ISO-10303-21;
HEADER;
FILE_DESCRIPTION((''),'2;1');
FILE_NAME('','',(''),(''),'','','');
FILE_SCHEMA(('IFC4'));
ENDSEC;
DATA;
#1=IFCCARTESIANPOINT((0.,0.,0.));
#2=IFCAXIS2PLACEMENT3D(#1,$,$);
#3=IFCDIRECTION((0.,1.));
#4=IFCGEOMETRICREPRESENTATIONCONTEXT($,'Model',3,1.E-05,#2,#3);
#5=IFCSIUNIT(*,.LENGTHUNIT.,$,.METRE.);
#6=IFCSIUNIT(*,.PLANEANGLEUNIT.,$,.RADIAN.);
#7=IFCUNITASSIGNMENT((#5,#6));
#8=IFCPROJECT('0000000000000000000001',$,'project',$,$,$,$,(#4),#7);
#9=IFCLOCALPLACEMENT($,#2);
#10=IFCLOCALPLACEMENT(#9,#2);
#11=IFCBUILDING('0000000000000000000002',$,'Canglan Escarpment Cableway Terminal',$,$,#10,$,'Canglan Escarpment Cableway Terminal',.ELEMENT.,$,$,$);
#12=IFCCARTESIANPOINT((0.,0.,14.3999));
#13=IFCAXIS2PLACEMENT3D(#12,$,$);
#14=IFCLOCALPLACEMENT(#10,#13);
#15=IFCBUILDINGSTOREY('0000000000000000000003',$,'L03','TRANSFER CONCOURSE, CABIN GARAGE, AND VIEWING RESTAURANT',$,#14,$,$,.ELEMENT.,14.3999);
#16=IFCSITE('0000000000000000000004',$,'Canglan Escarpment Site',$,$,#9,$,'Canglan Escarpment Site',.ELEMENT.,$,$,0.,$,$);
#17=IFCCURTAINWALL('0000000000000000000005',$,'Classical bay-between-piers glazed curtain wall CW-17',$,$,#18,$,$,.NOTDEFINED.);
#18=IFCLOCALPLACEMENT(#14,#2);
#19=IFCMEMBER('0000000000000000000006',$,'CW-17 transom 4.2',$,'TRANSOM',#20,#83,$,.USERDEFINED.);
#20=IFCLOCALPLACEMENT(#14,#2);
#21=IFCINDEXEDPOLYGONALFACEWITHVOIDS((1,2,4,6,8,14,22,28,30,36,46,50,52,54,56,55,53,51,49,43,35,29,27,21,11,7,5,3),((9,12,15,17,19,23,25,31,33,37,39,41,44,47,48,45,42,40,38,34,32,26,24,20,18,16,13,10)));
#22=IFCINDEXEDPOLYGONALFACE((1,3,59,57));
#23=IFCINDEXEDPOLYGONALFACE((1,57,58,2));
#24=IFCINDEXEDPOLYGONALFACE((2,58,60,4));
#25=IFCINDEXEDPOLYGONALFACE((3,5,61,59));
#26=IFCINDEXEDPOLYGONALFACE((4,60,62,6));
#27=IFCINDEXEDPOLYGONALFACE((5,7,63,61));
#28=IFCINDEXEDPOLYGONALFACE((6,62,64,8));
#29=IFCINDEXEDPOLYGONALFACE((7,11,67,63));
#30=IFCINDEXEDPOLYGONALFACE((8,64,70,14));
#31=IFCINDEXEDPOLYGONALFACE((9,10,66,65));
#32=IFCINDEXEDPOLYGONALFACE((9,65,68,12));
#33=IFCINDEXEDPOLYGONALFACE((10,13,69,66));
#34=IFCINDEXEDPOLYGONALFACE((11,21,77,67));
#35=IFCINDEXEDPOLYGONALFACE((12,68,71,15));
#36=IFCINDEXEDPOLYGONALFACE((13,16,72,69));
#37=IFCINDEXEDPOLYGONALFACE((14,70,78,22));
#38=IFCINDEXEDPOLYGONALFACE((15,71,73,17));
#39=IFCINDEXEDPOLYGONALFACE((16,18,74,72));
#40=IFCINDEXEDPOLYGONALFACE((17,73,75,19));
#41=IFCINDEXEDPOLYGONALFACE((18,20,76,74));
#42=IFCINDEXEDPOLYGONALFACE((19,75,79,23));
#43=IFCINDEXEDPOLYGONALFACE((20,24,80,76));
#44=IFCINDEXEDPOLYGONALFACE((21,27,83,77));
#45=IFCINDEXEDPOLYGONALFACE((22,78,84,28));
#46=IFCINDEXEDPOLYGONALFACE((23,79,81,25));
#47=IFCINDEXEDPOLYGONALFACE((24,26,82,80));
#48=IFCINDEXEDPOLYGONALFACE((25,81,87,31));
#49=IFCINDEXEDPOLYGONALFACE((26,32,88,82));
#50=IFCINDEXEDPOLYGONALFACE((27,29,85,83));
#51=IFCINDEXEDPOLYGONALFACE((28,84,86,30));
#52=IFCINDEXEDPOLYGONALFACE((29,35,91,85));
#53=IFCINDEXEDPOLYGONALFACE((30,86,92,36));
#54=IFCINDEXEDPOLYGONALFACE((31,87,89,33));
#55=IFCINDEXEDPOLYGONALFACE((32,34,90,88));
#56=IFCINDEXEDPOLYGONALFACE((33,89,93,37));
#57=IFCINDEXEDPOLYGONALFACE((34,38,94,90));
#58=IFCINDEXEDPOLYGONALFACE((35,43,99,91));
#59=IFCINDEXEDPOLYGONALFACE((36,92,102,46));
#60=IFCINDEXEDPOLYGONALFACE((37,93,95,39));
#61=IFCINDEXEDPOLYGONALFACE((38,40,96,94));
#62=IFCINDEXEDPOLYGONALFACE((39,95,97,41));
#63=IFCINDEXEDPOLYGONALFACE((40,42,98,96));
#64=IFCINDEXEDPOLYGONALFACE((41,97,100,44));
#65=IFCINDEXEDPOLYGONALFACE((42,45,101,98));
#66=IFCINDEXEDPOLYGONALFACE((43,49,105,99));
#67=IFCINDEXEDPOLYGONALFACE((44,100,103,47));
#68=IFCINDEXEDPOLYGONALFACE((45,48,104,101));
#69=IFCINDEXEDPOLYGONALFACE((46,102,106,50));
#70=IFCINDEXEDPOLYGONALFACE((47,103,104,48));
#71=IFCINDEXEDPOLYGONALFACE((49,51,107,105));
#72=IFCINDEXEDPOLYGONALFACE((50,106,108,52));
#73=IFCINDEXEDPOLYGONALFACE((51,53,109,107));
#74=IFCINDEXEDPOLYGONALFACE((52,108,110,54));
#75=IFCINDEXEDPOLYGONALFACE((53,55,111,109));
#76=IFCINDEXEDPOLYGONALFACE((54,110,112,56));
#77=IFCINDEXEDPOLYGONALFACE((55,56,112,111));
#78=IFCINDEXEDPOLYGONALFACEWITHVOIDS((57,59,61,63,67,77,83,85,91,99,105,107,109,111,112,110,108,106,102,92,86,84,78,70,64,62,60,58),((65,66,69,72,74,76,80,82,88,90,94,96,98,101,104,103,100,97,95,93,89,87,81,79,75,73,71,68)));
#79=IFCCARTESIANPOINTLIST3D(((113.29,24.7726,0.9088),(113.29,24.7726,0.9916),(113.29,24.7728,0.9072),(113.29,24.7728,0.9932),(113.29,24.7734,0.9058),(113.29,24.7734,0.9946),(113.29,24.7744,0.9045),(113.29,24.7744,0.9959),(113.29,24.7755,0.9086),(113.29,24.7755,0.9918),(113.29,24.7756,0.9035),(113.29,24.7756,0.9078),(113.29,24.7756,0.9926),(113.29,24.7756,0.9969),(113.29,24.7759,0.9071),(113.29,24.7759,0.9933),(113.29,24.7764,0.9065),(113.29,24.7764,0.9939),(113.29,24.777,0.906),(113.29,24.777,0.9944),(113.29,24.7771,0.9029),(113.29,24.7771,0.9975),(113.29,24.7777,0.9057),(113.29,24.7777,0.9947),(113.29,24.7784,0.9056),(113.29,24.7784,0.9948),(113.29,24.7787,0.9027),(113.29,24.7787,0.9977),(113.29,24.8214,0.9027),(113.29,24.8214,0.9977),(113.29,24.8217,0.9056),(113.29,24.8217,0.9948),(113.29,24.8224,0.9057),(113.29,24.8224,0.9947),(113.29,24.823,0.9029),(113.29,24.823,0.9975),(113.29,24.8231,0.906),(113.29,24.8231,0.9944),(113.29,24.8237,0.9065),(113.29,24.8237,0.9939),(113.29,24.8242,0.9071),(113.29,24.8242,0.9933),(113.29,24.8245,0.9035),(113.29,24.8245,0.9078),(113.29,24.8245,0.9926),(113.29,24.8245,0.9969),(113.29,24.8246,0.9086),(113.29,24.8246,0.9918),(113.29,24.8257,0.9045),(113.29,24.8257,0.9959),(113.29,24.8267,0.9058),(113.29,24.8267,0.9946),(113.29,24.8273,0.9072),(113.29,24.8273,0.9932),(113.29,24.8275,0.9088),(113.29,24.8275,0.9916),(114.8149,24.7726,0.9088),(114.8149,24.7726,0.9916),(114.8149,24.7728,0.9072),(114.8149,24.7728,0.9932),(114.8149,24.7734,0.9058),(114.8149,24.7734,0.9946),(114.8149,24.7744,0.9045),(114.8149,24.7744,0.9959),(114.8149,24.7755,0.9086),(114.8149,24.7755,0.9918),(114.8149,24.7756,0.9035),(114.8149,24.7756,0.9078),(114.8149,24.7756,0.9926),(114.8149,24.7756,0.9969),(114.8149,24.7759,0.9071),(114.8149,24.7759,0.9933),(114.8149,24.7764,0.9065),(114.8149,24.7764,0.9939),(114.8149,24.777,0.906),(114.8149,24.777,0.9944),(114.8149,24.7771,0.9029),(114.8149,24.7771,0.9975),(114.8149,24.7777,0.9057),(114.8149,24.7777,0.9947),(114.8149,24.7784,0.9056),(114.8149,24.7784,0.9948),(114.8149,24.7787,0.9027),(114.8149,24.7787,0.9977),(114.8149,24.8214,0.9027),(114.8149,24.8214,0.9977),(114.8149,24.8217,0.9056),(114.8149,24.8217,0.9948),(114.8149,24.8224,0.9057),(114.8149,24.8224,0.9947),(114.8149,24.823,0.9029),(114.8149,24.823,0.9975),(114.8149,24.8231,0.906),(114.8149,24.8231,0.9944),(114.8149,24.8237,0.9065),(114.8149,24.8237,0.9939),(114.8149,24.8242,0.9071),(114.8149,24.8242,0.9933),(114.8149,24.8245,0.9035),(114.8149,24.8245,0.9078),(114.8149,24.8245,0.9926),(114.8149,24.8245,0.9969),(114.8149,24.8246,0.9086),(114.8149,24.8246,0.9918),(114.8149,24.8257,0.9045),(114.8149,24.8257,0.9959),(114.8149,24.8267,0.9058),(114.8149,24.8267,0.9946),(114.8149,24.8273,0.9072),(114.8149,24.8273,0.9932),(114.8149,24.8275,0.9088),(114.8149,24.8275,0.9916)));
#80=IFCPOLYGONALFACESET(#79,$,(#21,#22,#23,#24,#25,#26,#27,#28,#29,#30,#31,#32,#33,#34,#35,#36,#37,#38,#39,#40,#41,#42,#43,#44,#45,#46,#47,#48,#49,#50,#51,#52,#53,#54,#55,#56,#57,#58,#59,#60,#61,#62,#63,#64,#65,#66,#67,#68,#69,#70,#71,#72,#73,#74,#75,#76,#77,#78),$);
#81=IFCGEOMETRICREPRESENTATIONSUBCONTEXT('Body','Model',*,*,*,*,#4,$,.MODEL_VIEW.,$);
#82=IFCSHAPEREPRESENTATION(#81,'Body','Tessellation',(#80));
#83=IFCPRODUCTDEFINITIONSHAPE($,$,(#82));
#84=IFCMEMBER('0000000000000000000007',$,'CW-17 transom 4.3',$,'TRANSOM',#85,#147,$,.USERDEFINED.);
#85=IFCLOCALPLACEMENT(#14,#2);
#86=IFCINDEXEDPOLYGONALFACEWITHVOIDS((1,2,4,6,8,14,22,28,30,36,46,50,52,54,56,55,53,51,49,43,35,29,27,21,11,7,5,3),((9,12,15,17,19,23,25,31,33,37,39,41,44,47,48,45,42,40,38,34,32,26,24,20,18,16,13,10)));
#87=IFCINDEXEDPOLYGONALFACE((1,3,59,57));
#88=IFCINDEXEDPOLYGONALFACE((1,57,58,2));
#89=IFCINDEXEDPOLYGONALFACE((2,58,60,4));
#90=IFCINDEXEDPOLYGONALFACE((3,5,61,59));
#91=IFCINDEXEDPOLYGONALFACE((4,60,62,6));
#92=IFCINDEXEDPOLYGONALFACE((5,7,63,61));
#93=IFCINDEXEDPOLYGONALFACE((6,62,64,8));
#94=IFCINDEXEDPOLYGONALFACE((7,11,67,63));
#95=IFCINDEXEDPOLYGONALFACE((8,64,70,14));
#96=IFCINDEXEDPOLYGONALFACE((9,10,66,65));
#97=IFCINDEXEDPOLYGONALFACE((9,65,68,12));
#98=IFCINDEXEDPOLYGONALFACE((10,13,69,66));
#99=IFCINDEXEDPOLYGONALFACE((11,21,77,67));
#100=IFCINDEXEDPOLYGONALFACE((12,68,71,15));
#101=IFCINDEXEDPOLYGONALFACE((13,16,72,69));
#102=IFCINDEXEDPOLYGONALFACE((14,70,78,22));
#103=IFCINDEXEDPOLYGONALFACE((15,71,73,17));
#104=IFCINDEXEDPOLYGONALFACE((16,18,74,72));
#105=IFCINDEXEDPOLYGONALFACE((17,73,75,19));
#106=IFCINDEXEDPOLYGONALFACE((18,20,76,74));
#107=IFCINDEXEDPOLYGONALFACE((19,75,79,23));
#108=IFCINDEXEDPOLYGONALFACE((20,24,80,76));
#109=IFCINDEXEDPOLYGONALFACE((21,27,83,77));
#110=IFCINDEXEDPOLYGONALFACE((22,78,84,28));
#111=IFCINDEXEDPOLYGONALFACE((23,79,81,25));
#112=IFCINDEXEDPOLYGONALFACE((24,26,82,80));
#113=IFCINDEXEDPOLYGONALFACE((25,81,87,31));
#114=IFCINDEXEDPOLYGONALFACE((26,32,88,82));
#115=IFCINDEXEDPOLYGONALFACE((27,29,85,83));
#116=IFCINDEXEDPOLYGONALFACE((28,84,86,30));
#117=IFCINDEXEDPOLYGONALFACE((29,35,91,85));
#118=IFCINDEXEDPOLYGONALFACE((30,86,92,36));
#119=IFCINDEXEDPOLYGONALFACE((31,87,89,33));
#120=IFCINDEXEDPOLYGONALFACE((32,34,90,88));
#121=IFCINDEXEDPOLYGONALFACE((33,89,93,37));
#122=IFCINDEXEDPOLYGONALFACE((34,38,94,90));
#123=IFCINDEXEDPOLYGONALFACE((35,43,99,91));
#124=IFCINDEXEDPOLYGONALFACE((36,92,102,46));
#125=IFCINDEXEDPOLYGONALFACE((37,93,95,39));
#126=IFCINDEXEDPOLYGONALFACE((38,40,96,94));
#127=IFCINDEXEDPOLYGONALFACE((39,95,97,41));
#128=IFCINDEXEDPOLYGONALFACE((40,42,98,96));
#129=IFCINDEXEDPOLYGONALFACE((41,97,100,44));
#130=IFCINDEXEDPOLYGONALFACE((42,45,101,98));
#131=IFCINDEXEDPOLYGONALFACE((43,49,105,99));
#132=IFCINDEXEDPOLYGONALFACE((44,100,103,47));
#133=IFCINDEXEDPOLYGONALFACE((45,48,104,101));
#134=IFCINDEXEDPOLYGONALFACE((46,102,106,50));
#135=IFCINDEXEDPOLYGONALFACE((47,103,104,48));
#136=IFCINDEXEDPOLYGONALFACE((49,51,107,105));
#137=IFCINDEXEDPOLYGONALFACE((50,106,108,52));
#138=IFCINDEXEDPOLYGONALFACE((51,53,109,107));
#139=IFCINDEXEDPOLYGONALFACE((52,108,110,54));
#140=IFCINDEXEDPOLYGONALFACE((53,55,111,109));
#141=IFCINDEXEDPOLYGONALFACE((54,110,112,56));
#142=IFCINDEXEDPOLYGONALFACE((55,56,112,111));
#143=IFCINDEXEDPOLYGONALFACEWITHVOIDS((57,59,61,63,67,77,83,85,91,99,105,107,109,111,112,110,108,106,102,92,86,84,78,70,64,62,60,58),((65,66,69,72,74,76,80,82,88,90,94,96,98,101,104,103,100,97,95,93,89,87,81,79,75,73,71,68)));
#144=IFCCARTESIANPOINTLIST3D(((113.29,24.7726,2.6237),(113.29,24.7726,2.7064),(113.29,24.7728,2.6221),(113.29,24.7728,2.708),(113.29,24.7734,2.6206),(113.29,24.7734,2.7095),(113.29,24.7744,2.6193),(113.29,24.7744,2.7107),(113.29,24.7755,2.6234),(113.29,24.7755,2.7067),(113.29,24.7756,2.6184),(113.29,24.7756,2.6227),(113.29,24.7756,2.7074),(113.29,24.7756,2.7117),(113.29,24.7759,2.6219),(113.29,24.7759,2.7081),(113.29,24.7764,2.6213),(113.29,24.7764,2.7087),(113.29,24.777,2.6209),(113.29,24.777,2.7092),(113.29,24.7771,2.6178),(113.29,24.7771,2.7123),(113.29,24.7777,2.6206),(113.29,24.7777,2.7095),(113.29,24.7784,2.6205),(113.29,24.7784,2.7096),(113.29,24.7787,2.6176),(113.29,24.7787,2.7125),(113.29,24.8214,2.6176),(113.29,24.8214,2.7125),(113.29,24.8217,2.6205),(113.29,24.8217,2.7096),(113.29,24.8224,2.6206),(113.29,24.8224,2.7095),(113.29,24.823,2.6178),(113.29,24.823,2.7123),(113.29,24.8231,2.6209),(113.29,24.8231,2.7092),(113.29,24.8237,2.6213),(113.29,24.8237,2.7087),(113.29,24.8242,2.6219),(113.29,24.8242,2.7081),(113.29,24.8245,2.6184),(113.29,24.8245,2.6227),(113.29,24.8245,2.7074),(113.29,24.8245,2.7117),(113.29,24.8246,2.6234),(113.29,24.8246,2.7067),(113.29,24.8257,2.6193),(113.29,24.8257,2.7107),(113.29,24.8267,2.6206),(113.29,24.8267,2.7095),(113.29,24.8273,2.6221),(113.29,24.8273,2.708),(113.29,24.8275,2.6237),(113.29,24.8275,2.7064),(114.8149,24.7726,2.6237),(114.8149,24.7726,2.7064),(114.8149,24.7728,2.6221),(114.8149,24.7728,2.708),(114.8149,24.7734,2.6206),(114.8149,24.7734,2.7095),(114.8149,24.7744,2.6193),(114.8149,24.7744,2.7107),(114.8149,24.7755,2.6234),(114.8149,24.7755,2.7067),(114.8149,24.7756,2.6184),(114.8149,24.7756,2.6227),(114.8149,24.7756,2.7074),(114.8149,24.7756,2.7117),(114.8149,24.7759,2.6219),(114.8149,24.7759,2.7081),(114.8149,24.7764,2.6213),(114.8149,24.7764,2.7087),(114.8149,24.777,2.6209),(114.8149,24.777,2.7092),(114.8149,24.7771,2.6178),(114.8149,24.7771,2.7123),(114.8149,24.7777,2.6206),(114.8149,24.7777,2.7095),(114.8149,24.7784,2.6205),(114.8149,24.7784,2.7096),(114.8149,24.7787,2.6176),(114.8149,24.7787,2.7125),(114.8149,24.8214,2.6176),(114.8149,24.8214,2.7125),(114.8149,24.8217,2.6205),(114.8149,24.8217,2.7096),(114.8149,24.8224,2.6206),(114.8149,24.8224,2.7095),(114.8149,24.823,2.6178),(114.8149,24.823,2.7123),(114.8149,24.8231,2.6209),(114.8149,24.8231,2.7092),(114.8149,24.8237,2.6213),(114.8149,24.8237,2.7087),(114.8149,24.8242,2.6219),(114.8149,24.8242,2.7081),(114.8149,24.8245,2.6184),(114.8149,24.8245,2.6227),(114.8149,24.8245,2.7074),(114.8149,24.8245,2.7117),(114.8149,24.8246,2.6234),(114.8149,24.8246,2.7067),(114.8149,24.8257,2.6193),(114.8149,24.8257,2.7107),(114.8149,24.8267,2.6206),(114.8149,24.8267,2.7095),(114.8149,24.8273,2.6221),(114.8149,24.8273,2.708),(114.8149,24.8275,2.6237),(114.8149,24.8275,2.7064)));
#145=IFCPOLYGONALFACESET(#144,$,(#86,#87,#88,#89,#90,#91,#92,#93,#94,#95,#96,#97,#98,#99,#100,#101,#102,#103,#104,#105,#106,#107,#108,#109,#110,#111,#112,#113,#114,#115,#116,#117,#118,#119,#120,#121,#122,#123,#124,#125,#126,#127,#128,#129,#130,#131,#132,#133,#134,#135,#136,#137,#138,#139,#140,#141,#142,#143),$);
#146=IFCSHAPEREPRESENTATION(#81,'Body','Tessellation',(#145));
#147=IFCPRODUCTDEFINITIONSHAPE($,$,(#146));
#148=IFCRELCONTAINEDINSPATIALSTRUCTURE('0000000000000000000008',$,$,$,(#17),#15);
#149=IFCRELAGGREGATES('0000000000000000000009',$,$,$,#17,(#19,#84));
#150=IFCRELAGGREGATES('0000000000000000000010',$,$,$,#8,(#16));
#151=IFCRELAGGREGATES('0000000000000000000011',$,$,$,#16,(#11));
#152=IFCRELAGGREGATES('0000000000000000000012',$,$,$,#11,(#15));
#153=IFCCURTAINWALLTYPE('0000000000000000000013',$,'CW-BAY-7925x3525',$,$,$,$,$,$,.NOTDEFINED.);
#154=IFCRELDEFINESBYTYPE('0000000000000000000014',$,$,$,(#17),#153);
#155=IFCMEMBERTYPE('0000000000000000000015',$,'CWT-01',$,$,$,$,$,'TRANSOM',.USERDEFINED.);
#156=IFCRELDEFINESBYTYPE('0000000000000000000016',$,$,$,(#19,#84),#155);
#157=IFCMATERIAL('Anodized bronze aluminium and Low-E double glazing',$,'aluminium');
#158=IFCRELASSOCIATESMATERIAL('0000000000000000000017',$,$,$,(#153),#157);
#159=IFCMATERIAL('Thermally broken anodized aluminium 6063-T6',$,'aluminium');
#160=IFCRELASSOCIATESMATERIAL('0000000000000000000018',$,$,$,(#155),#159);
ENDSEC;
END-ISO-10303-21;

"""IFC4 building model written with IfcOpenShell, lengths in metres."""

from ifc_helpers import new_model, si_unit, direction, frame, origin, origin_2d, place, context, subcontext, project, spatial, hollow_rectangle, extrude, material, material_profile, profile_set, type_object, element, aggregate, save


model = new_model("IFC4")

# Units and contexts
model_context = context("Model", 3, precision=1e-05, world=origin(), true_north=direction((0.0, 1.0)))
body_context = subcontext(model_context, "Body", "Model", "MODEL_VIEW")
ifc_project = project(units=[si_unit("LENGTHUNIT", "METRE"), si_unit("PLANEANGLEUNIT", "RADIAN")], contexts=[model_context])

# Site, building, storey
site_placement = place(None, origin())
site = spatial("IfcSite", under=ifc_project, at=site_placement, Name="Canglan Escarpment Site", LongName="Canglan Escarpment Site", CompositionType="ELEMENT", RefElevation=0.0)
building_placement = place(site_placement, origin())
building = spatial("IfcBuilding", under=site, at=building_placement, Name="Canglan Escarpment Cableway Terminal", LongName="Canglan Escarpment Cableway Terminal", CompositionType="ELEMENT")
storey_placement = place(building_placement, frame((0.0, 0.0, 14.3999)))
storey = spatial("IfcBuildingStorey", under=building, at=storey_placement, Name="L03", Description="TRANSFER CONCOURSE, CABIN GARAGE, AND VIEWING RESTAURANT", CompositionType="ELEMENT", Elevation=14.3999)

# Curtain wall, members
ifc_material_1 = material(Name="Anodized bronze aluminium and Low-E double glazing", Category="aluminium")
curtain_wall_type = type_object("IfcCurtainWallType", Name="CW-BAY-7925x3525", PredefinedType="NOTDEFINED", material=ifc_material_1)
curtain_wall_placement = place(storey_placement, origin())
curtain_wall = element("IfcCurtainWall", 1, at=curtain_wall_placement, inside=storey, type_object=curtain_wall_type, Name="Classical bay-between-piers glazed curtain wall CW-17", PredefinedType="NOTDEFINED")
ifc_material_2 = material(Name="Thermally broken anodized aluminium 6063-T6", Category="aluminium")
ifc_material_profile_1 = material_profile(ifc_material_2, hollow_rectangle(XDim=0.0549, YDim=0.095, WallThickness=0.0029, InnerFilletRadius=0.0029, OuterFilletRadius=0.0061, at=origin_2d()), Name="ALU-TRAN 55x95x3")
ifc_profile_set_1 = profile_set([ifc_material_profile_1], Name="Thermally broken anodized aluminium 6063-T6")
member_type_1 = type_object("IfcMemberType", Name="CWT-01", ElementType="TRANSOM", PredefinedType="USERDEFINED", material=ifc_profile_set_1)
member_1_placement = place(storey_placement, frame((114.8149, 24.8, 0.9502), z_axis=(-1.0, 0.0, 0.0), x_axis=(0.0, -1.0, 0.0)))
member_1 = element("IfcMember", 2, at=member_1_placement, type_object=member_type_1, Name="CW-17 transom 4.2", ObjectType="TRANSOM", PredefinedType="USERDEFINED", context=body_context, shape_type="SweptSolid", body=[
    extrude(hollow_rectangle(XDim=0.0549, YDim=0.095, WallThickness=0.0029, InnerFilletRadius=0.0029, OuterFilletRadius=0.0061, at=origin_2d()), origin(), (0.0, 0.0, 1.0), 1.5249),
])
member_2_placement = place(storey_placement, frame((114.8149, 24.8, 2.665), z_axis=(-1.0, 0.0, 0.0), x_axis=(0.0, -1.0, 0.0)))
member_2 = element("IfcMember", 3, at=member_2_placement, type_object=member_type_1, Name="CW-17 transom 4.3", ObjectType="TRANSOM", PredefinedType="USERDEFINED", context=body_context, shape_type="SweptSolid", body=[
    extrude(hollow_rectangle(XDim=0.0549, YDim=0.095, WallThickness=0.0029, InnerFilletRadius=0.0029, OuterFilletRadius=0.0061, at=origin_2d()), origin(), (0.0, 0.0, 1.0), 1.5249),
])
aggregate(curtain_wall, [member_1, member_2])

save(model, "model.ifc")
